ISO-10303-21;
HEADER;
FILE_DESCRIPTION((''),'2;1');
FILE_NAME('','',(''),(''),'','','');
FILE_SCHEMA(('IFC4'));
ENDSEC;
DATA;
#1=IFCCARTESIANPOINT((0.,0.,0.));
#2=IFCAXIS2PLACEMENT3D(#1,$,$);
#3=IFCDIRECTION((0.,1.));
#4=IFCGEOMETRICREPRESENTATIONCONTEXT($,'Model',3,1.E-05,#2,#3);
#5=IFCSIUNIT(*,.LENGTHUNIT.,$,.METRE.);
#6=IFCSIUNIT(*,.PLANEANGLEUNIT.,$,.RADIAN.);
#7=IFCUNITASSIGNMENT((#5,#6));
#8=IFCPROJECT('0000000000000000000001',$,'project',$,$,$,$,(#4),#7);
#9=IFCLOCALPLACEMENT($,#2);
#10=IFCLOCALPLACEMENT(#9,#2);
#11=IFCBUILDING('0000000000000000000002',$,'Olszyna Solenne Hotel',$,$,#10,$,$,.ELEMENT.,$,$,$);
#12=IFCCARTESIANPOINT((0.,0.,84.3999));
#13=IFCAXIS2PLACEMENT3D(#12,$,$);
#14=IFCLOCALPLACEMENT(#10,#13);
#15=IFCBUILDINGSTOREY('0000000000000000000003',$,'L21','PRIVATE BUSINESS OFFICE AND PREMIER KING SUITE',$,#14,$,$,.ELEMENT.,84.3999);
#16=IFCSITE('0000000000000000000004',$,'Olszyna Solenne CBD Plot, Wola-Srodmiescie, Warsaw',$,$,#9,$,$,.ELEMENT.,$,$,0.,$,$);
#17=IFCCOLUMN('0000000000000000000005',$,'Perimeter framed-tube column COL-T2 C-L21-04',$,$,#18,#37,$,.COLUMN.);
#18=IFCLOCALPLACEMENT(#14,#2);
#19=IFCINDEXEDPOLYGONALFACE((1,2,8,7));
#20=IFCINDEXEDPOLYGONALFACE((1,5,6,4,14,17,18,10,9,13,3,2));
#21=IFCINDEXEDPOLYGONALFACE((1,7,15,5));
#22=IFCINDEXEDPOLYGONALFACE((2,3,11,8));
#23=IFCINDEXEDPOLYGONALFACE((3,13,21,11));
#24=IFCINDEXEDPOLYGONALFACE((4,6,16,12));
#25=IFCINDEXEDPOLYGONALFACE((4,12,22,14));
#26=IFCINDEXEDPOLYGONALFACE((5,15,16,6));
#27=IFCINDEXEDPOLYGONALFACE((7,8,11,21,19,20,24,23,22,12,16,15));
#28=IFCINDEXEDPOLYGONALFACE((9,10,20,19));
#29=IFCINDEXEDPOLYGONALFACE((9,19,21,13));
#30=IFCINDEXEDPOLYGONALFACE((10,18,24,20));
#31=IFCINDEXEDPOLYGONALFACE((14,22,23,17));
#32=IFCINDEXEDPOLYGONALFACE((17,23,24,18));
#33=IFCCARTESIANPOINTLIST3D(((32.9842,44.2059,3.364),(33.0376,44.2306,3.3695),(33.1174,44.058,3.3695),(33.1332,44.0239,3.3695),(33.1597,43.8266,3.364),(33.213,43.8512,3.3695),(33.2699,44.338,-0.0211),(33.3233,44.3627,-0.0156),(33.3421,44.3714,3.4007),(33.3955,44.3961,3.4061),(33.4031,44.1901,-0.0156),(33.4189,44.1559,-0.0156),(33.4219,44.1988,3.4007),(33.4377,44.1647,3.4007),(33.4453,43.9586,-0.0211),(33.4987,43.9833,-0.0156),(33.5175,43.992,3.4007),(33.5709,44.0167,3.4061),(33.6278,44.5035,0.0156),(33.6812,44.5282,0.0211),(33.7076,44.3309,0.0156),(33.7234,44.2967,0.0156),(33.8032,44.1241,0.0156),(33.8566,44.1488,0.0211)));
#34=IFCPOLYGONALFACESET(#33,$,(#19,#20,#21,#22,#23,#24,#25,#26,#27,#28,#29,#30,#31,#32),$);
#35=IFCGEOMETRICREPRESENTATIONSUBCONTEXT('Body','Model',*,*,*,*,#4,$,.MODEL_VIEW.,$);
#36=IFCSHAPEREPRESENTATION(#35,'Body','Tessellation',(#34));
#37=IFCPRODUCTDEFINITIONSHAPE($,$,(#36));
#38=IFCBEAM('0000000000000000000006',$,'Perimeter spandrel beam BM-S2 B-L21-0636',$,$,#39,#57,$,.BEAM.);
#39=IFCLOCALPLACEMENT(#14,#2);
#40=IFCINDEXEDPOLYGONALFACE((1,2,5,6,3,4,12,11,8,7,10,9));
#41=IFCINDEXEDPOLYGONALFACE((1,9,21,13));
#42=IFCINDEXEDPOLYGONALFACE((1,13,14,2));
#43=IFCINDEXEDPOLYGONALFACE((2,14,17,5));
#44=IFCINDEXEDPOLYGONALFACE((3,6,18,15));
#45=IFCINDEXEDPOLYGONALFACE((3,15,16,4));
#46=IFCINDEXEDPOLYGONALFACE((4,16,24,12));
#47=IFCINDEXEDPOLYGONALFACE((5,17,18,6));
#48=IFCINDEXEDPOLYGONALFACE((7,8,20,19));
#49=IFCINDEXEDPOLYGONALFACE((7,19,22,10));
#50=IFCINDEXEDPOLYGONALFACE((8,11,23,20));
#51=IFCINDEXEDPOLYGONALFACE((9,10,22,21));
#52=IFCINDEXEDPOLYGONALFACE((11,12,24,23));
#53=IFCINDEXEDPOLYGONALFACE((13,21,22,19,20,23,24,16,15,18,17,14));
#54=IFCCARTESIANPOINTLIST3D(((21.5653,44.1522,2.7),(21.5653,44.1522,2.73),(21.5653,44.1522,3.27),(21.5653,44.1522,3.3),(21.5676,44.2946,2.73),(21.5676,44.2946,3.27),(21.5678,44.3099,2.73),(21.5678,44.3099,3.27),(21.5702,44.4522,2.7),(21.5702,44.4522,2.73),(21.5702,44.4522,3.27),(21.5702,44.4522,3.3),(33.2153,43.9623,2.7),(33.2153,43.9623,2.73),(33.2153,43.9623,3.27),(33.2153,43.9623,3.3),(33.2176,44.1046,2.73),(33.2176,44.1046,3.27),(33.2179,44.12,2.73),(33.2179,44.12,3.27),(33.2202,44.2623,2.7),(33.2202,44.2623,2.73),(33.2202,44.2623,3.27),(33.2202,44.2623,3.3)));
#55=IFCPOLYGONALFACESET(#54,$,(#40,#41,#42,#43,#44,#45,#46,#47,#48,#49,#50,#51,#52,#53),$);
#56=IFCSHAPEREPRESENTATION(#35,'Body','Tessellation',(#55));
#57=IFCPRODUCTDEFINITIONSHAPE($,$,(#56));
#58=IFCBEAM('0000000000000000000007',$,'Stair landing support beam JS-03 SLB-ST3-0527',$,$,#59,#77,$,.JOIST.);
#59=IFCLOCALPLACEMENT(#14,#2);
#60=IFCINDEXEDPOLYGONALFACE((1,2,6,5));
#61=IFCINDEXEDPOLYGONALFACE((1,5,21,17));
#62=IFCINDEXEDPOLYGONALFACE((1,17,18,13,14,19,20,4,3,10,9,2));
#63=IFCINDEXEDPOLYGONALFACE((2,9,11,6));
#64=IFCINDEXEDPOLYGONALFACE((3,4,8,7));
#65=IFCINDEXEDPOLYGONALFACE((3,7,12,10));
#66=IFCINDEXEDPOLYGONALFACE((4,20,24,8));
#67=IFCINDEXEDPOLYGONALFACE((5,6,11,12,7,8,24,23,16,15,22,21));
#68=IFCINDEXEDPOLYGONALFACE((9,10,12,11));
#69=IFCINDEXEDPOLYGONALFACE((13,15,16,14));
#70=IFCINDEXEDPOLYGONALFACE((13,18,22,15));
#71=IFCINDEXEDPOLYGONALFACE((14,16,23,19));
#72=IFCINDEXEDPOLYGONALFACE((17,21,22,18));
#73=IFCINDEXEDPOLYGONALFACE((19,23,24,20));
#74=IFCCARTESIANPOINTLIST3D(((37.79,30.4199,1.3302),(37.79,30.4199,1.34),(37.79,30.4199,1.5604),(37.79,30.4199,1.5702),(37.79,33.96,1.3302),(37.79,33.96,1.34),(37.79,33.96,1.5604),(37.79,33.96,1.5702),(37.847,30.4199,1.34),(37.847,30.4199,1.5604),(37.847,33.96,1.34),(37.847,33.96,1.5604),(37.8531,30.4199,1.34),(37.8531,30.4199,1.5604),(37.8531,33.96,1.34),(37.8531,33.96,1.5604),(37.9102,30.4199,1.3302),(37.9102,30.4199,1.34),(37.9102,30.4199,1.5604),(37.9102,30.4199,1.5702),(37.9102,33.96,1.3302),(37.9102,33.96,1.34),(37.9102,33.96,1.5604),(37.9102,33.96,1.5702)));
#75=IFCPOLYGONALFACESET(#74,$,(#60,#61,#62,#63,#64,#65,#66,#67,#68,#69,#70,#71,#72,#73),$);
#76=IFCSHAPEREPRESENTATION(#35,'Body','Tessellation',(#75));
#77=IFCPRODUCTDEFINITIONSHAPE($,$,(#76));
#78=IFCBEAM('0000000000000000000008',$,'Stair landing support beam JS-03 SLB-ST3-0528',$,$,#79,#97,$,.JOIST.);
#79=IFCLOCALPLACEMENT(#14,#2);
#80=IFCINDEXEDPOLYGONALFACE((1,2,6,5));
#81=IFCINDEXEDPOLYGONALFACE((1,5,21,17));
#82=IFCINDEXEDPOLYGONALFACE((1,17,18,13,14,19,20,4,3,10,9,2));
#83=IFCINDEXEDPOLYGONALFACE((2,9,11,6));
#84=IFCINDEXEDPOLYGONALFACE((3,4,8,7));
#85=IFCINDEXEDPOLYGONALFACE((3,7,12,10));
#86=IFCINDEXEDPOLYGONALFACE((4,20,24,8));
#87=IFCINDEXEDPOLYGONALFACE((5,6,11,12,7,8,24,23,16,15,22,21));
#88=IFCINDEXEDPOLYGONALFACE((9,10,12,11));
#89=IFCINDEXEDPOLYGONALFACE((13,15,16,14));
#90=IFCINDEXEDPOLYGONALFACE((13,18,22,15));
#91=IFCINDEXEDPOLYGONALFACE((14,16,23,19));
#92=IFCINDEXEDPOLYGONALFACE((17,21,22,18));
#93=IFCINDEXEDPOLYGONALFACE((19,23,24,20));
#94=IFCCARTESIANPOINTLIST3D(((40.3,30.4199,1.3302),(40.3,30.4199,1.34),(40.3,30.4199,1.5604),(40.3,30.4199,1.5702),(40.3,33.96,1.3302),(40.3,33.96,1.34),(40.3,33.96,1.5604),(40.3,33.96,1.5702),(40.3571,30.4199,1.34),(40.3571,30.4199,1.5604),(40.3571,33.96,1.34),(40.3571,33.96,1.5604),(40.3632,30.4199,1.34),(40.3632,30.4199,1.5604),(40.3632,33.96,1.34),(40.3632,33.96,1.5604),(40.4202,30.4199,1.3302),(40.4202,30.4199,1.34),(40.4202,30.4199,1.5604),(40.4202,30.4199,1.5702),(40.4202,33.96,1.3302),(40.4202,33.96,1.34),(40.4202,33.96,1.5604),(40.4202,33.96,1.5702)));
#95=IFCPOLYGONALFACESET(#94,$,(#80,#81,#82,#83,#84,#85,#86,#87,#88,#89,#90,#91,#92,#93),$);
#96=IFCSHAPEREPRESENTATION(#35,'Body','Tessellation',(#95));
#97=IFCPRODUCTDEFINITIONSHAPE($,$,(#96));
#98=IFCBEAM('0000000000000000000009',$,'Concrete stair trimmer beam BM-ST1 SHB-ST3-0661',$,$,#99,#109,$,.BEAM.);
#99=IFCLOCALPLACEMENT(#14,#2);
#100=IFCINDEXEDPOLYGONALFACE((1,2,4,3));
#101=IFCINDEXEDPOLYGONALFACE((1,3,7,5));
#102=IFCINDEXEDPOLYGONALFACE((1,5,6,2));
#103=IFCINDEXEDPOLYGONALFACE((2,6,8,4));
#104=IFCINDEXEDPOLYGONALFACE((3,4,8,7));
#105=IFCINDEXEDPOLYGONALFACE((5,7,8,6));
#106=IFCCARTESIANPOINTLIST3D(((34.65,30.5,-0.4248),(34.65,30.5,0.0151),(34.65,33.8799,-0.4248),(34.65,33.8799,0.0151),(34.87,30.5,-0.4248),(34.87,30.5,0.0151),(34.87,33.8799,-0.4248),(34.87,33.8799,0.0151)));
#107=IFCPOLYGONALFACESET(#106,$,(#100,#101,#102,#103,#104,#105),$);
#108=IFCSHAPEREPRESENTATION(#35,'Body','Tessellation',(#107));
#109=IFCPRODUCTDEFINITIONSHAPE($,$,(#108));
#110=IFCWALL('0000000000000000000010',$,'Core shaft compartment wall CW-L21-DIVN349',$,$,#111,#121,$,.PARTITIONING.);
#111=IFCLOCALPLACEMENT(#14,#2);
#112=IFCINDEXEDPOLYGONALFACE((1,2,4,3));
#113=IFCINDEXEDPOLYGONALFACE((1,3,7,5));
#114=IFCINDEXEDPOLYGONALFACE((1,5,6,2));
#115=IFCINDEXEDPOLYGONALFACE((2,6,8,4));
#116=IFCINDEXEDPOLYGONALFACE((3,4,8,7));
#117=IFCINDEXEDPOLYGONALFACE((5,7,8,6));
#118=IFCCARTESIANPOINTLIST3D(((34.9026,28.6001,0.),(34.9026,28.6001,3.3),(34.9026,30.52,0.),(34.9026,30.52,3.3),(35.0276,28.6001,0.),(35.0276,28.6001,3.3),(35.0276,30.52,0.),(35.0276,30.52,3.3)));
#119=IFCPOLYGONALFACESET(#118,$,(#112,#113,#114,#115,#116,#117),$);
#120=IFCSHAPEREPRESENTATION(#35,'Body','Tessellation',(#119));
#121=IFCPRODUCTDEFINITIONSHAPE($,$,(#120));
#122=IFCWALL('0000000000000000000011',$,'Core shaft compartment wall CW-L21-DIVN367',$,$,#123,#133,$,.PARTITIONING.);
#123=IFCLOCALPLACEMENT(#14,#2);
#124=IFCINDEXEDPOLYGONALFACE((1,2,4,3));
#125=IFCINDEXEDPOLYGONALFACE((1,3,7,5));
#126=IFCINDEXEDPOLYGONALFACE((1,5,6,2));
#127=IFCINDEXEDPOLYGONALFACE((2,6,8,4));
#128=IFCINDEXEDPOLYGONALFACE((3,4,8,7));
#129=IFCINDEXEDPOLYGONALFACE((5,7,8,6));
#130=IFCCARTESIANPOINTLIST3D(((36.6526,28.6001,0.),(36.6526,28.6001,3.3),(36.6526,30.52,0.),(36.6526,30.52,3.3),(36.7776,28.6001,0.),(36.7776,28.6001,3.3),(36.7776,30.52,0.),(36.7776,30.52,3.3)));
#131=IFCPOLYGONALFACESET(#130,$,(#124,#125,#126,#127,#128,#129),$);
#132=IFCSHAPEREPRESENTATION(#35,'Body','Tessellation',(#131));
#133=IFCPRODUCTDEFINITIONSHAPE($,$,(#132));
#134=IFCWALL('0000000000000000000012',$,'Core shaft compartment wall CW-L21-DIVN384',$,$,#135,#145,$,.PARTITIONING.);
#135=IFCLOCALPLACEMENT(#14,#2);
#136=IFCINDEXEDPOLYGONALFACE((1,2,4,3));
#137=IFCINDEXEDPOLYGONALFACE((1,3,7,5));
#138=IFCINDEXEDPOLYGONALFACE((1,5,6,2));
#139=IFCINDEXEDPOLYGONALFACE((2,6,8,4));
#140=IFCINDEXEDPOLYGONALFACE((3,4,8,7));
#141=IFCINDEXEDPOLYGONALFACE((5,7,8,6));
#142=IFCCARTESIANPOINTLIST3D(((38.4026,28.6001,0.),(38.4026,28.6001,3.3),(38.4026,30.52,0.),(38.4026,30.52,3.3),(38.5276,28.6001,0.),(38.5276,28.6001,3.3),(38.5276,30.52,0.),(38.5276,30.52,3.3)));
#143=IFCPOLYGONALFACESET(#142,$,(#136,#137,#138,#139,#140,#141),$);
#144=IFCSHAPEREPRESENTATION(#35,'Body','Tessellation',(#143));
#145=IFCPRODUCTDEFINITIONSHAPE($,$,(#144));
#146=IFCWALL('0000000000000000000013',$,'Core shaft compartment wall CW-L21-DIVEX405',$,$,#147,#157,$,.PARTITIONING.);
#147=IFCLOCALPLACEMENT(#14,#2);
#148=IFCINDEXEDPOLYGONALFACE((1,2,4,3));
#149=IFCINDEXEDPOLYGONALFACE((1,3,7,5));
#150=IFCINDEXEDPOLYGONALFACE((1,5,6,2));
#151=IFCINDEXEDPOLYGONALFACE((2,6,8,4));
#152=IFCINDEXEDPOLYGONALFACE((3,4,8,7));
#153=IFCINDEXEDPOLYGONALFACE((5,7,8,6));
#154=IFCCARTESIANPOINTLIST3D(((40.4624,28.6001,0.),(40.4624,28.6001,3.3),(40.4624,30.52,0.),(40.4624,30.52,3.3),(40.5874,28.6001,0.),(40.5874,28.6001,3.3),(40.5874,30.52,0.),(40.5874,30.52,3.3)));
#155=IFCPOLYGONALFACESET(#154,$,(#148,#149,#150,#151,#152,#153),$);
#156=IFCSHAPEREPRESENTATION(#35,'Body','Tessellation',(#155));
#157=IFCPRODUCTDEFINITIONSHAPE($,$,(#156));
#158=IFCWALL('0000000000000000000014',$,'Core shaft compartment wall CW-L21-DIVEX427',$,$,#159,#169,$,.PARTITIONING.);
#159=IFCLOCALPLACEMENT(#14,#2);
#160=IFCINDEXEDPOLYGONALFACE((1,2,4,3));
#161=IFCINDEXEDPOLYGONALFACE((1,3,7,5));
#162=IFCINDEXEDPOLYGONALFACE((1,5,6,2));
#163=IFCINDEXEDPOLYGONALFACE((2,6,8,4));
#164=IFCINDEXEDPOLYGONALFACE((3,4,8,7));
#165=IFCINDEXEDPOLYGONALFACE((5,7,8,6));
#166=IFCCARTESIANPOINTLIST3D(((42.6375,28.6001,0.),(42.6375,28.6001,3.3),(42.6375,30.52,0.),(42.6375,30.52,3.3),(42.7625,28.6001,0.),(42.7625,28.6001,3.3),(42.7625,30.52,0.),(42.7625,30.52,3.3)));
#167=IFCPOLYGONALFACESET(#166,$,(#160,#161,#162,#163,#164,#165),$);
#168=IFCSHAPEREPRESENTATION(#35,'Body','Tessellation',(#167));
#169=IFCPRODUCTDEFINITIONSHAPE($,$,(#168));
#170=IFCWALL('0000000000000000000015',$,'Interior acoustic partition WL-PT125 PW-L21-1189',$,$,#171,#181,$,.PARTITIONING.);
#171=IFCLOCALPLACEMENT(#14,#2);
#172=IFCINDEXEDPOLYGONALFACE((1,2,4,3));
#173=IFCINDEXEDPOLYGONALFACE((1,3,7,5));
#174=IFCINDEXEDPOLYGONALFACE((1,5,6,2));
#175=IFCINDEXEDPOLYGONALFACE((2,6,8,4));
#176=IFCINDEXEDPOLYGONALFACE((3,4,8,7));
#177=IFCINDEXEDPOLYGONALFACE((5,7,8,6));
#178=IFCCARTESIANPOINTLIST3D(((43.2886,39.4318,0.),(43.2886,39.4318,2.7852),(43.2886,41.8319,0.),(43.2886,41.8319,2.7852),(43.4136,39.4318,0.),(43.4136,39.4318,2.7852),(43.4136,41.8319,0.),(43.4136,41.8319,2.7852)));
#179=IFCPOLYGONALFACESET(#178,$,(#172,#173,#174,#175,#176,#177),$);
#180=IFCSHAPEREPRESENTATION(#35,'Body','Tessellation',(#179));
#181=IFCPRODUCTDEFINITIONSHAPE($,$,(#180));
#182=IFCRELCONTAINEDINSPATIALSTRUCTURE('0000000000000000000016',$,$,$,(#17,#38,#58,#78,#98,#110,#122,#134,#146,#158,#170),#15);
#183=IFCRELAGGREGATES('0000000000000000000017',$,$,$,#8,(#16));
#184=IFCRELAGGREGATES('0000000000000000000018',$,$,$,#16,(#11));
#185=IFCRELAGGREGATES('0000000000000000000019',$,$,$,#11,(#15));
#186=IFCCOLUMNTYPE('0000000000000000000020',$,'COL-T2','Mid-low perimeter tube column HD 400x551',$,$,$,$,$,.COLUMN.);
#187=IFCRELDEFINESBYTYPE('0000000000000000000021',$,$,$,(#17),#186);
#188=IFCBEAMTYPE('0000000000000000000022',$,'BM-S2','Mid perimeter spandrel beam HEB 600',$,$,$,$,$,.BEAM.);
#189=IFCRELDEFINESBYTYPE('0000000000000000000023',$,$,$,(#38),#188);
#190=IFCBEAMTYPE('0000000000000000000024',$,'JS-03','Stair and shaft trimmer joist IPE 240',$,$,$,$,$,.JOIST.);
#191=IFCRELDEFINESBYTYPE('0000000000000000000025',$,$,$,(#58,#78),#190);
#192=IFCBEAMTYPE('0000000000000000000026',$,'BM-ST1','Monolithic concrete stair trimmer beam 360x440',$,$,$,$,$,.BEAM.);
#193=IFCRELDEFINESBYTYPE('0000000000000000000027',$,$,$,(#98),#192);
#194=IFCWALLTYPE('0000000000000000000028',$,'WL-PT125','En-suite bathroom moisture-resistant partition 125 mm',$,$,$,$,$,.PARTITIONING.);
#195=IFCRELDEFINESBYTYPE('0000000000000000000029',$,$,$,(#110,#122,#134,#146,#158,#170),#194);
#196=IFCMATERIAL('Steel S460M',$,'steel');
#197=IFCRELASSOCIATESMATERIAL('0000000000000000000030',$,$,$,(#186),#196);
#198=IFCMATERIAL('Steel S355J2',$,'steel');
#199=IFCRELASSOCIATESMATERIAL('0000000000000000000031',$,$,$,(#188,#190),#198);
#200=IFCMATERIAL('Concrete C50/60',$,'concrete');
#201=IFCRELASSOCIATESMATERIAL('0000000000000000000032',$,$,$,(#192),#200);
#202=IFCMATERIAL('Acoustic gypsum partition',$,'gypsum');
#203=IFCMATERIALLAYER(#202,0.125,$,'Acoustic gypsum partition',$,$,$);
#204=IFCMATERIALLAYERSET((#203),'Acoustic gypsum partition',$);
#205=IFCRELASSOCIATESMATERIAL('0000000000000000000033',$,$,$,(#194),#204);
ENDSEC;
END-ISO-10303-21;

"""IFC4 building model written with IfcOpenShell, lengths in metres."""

from ifc_helpers import new_model, si_unit, direction, frame, frame_2d, origin, origin_2d, place, context, subcontext, project, spatial, rectangle, i_section, extrude, source, transform, mapped, material, layer, layer_set, material_profile, profile_set, type_object, element, save


model = new_model("IFC4")

# Units and contexts
model_context = context("Model", 3, precision=1e-05, world=origin(), true_north=direction((0.0, 1.0)))
body_context = subcontext(model_context, "Body", "Model", "MODEL_VIEW")
ifc_project = project(units=[si_unit("LENGTHUNIT", "METRE"), si_unit("PLANEANGLEUNIT", "RADIAN")], contexts=[model_context])

# Site, building, storey
site_placement = place(None, origin())
site = spatial("IfcSite", under=ifc_project, at=site_placement, Name="Olszyna Solenne CBD Plot, Wola-Srodmiescie, Warsaw", CompositionType="ELEMENT", RefElevation=0.0)
building_placement = place(site_placement, origin())
building = spatial("IfcBuilding", under=site, at=building_placement, Name="Olszyna Solenne Hotel", CompositionType="ELEMENT")
storey_placement = place(building_placement, frame((0.0, 0.0, 84.3999)))
storey = spatial("IfcBuildingStorey", under=building, at=storey_placement, Name="L21", Description="PRIVATE BUSINESS OFFICE AND PREMIER KING SUITE", CompositionType="ELEMENT", Elevation=84.3999)

# Column
ifc_material_1 = material(Name="Steel S460M", Category="steel")
ifc_material_profile_1 = material_profile(ifc_material_1, i_section(OverallWidth=0.418, OverallDepth=0.4551, WebThickness=0.0376, FlangeThickness=0.0591, at=origin_2d()), Name="HD 400x551", Category="load-bearing")
ifc_profile_set_1 = profile_set([ifc_material_profile_1], Name="Steel S460M")
column_type = type_object("IfcColumnType", Name="COL-T2", Description="Mid-low perimeter tube column HD 400x551", PredefinedType="COLUMN", material=ifc_profile_set_1)
shared_shape_1 = source(origin(), body_context, "Body", "SweptSolid", [
    extrude(i_section(OverallWidth=0.418, OverallDepth=0.4551, WebThickness=0.0376, FlangeThickness=0.0591, at=origin_2d()), origin(), (0.0, 0.0, 1.0), 3.3997),
])
column_placement = place(storey_placement, frame((33.5632, 44.2434, 0.0), z_axis=(-0.084023, -0.038852, 0.995706), x_axis=(0.419698, -0.907664, 0.0)))
element("IfcColumn", 1, at=column_placement, inside=storey, type_object=column_type, Name="Perimeter framed-tube column COL-T2 C-L21-04", PredefinedType="COLUMN", context=body_context, shape_type="MappedRepresentation", body=[
    mapped(shared_shape_1, transform((0.0, 0.0, 0.0), x_axis=(1.0, 0.0, 0.0), y_axis=(0.0, 1.0, 0.0), z_axis=(0.0, 0.0, 1.0), scale=1.0)),
])

# Beams
ifc_material_2 = material(Name="Steel S355J2", Category="steel")
ifc_material_profile_2 = material_profile(ifc_material_2, i_section(OverallWidth=0.3, OverallDepth=0.6001, WebThickness=0.0154, FlangeThickness=0.03, at=origin_2d()), Name="HEB 600", Category="load-bearing")
ifc_profile_set_2 = profile_set([ifc_material_profile_2], Name="Steel S355J2")
beam_type_1 = type_object("IfcBeamType", Name="BM-S2", Description="Mid perimeter spandrel beam HEB 600", PredefinedType="BEAM", material=ifc_profile_set_2)
shared_shape_2 = source(origin(), body_context, "Body", "SweptSolid", [
    extrude(i_section(OverallWidth=0.3, OverallDepth=0.6001, WebThickness=0.0154, FlangeThickness=0.03, at=origin_2d()), origin(), (0.0, 0.0, 1.0), 11.6516),
])
beam_1_placement = place(storey_placement, frame((33.2178, 44.1123, 3.0), z_axis=(-0.999867, 0.016302, 0.0), x_axis=(-0.016302, -0.999867, 0.0)))
element("IfcBeam", 2, at=beam_1_placement, inside=storey, type_object=beam_type_1, Name="Perimeter spandrel beam BM-S2 B-L21-0636", PredefinedType="BEAM", context=body_context, shape_type="MappedRepresentation", body=[
    mapped(shared_shape_2, transform((0.0, 0.0, 0.0), x_axis=(1.0, 0.0, 0.0), y_axis=(0.0, 1.0, 0.0), z_axis=(0.0, 0.0, 1.0), scale=1.0)),
])
ifc_material_profile_3 = material_profile(ifc_material_2, i_section(OverallWidth=0.1201, OverallDepth=0.24, WebThickness=0.0061, FlangeThickness=0.0098, at=origin_2d()), Name="IPE 240", Category="load-bearing")
ifc_profile_set_3 = profile_set([ifc_material_profile_3], Name="Steel S355J2")
beam_type_2 = type_object("IfcBeamType", Name="JS-03", Description="Stair and shaft trimmer joist IPE 240", PredefinedType="JOIST", material=ifc_profile_set_3)
shared_shape_3 = source(origin(), body_context, "Body", "SweptSolid", [
    extrude(i_section(OverallWidth=0.1201, OverallDepth=0.24, WebThickness=0.0061, FlangeThickness=0.0098, at=origin_2d()), origin(), (0.0, 0.0, 1.0), 3.54),
])
for number, where, z_axis, x_axis, name in (
    (3, (37.8501, 30.4199, 1.4502), (0.0, 1.0, 0.0), (-1.0, 0.0, 0.0), "Stair landing support beam JS-03 SLB-ST3-0527"),
    (4, (40.3601, 30.4199, 1.4502), (0.0, 1.0, 0.0), (-1.0, 0.0, 0.0), "Stair landing support beam JS-03 SLB-ST3-0528"),
):
    element("IfcBeam", number, at=place(storey_placement, frame(where, z_axis=z_axis, x_axis=x_axis)), inside=storey, type_object=beam_type_2, Name=name, PredefinedType="JOIST", context=body_context, shape_type="MappedRepresentation", body=[
        mapped(shared_shape_3, transform((0.0, 0.0, 0.0), x_axis=(1.0, 0.0, 0.0), y_axis=(0.0, 1.0, 0.0), z_axis=(0.0, 0.0, 1.0), scale=1.0)),
    ])
ifc_material_3 = material(Name="Concrete C50/60", Category="concrete")
ifc_material_profile_4 = material_profile(ifc_material_3, rectangle(XDim=0.22, YDim=0.4399, at=origin_2d()), Name="RC 220x440", Category="load-bearing")
ifc_profile_set_4 = profile_set([ifc_material_profile_4], Name="Concrete C50/60")
beam_type_3 = type_object("IfcBeamType", Name="BM-ST1", Description="Monolithic concrete stair trimmer beam 360x440", PredefinedType="BEAM", material=ifc_profile_set_4)
shared_shape_4 = source(origin(), body_context, "Body", "SweptSolid", [
    extrude(rectangle(XDim=0.22, YDim=0.4399, at=origin_2d()), origin(), (0.0, 0.0, 1.0), 3.3799),
])
beam_2_placement = place(storey_placement, frame((34.76, 30.5, -0.2048), z_axis=(0.0, 1.0, 0.0), x_axis=(-1.0, 0.0, 0.0)))
element("IfcBeam", 5, at=beam_2_placement, inside=storey, type_object=beam_type_3, Name="Concrete stair trimmer beam BM-ST1 SHB-ST3-0661", PredefinedType="BEAM", context=body_context, shape_type="MappedRepresentation", body=[
    mapped(shared_shape_4, transform((0.0, 0.0, 0.0), x_axis=(1.0, 0.0, 0.0), y_axis=(0.0, 1.0, 0.0), z_axis=(0.0, 0.0, 1.0), scale=1.0)),
])

# Walls
ifc_material_4 = material(Name="Acoustic gypsum partition", Category="gypsum")
ifc_layer_1 = layer(ifc_material_4, 0.125, Name="Acoustic gypsum partition")
ifc_layer_set_1 = layer_set([ifc_layer_1], Name="Acoustic gypsum partition")
wall_type_1 = type_object("IfcWallType", Name="WL-PT125", Description="En-suite bathroom moisture-resistant partition 125 mm", PredefinedType="PARTITIONING", material=ifc_layer_set_1)
for number, where, z_axis, x_axis, name in (
    (6, (34.9651, 28.6001, 0.0), (0.0, 0.0, 1.0), (0.0, 1.0, 0.0), "Core shaft compartment wall CW-L21-DIVN349"),
    (7, (36.7151, 28.6001, 0.0), (0.0, 0.0, 1.0), (0.0, 1.0, 0.0), "Core shaft compartment wall CW-L21-DIVN367"),
    (8, (38.4651, 28.6001, 0.0), (0.0, 0.0, 1.0), (0.0, 1.0, 0.0), "Core shaft compartment wall CW-L21-DIVN384"),
    (9, (40.5249, 28.6001, 0.0), (0.0, 0.0, 1.0), (0.0, 1.0, 0.0), "Core shaft compartment wall CW-L21-DIVEX405"),
    (10, (42.7, 28.6001, 0.0), (0.0, 0.0, 1.0), (0.0, 1.0, 0.0), "Core shaft compartment wall CW-L21-DIVEX427"),
):
    element("IfcWall", number, at=place(storey_placement, frame(where, z_axis=z_axis, x_axis=x_axis)), inside=storey, type_object=wall_type_1, Name=name, PredefinedType="PARTITIONING", context=body_context, shape_type="SweptSolid", body=[
        extrude(rectangle(XDim=1.9199, YDim=0.125, at=frame_2d((0.96, 0.0))), origin(), (0.0, 0.0, 1.0), 3.3),
    ])
wall_1_placement = place(storey_placement, frame((43.3511, 41.832, 0.0), z_axis=(0.0, 0.0, 1.0), x_axis=(0.0, -1.0, 0.0)))
element("IfcWall", 11, at=wall_1_placement, inside=storey, type_object=wall_type_1, Name="Interior acoustic partition WL-PT125 PW-L21-1189", PredefinedType="PARTITIONING", context=body_context, shape_type="SweptSolid", body=[
    extrude(rectangle(XDim=2.4001, YDim=0.125, at=frame_2d((1.2002, 0.0))), origin(), (0.0, 0.0, 1.0), 2.7852),
])

save(model, "model.ifc")
